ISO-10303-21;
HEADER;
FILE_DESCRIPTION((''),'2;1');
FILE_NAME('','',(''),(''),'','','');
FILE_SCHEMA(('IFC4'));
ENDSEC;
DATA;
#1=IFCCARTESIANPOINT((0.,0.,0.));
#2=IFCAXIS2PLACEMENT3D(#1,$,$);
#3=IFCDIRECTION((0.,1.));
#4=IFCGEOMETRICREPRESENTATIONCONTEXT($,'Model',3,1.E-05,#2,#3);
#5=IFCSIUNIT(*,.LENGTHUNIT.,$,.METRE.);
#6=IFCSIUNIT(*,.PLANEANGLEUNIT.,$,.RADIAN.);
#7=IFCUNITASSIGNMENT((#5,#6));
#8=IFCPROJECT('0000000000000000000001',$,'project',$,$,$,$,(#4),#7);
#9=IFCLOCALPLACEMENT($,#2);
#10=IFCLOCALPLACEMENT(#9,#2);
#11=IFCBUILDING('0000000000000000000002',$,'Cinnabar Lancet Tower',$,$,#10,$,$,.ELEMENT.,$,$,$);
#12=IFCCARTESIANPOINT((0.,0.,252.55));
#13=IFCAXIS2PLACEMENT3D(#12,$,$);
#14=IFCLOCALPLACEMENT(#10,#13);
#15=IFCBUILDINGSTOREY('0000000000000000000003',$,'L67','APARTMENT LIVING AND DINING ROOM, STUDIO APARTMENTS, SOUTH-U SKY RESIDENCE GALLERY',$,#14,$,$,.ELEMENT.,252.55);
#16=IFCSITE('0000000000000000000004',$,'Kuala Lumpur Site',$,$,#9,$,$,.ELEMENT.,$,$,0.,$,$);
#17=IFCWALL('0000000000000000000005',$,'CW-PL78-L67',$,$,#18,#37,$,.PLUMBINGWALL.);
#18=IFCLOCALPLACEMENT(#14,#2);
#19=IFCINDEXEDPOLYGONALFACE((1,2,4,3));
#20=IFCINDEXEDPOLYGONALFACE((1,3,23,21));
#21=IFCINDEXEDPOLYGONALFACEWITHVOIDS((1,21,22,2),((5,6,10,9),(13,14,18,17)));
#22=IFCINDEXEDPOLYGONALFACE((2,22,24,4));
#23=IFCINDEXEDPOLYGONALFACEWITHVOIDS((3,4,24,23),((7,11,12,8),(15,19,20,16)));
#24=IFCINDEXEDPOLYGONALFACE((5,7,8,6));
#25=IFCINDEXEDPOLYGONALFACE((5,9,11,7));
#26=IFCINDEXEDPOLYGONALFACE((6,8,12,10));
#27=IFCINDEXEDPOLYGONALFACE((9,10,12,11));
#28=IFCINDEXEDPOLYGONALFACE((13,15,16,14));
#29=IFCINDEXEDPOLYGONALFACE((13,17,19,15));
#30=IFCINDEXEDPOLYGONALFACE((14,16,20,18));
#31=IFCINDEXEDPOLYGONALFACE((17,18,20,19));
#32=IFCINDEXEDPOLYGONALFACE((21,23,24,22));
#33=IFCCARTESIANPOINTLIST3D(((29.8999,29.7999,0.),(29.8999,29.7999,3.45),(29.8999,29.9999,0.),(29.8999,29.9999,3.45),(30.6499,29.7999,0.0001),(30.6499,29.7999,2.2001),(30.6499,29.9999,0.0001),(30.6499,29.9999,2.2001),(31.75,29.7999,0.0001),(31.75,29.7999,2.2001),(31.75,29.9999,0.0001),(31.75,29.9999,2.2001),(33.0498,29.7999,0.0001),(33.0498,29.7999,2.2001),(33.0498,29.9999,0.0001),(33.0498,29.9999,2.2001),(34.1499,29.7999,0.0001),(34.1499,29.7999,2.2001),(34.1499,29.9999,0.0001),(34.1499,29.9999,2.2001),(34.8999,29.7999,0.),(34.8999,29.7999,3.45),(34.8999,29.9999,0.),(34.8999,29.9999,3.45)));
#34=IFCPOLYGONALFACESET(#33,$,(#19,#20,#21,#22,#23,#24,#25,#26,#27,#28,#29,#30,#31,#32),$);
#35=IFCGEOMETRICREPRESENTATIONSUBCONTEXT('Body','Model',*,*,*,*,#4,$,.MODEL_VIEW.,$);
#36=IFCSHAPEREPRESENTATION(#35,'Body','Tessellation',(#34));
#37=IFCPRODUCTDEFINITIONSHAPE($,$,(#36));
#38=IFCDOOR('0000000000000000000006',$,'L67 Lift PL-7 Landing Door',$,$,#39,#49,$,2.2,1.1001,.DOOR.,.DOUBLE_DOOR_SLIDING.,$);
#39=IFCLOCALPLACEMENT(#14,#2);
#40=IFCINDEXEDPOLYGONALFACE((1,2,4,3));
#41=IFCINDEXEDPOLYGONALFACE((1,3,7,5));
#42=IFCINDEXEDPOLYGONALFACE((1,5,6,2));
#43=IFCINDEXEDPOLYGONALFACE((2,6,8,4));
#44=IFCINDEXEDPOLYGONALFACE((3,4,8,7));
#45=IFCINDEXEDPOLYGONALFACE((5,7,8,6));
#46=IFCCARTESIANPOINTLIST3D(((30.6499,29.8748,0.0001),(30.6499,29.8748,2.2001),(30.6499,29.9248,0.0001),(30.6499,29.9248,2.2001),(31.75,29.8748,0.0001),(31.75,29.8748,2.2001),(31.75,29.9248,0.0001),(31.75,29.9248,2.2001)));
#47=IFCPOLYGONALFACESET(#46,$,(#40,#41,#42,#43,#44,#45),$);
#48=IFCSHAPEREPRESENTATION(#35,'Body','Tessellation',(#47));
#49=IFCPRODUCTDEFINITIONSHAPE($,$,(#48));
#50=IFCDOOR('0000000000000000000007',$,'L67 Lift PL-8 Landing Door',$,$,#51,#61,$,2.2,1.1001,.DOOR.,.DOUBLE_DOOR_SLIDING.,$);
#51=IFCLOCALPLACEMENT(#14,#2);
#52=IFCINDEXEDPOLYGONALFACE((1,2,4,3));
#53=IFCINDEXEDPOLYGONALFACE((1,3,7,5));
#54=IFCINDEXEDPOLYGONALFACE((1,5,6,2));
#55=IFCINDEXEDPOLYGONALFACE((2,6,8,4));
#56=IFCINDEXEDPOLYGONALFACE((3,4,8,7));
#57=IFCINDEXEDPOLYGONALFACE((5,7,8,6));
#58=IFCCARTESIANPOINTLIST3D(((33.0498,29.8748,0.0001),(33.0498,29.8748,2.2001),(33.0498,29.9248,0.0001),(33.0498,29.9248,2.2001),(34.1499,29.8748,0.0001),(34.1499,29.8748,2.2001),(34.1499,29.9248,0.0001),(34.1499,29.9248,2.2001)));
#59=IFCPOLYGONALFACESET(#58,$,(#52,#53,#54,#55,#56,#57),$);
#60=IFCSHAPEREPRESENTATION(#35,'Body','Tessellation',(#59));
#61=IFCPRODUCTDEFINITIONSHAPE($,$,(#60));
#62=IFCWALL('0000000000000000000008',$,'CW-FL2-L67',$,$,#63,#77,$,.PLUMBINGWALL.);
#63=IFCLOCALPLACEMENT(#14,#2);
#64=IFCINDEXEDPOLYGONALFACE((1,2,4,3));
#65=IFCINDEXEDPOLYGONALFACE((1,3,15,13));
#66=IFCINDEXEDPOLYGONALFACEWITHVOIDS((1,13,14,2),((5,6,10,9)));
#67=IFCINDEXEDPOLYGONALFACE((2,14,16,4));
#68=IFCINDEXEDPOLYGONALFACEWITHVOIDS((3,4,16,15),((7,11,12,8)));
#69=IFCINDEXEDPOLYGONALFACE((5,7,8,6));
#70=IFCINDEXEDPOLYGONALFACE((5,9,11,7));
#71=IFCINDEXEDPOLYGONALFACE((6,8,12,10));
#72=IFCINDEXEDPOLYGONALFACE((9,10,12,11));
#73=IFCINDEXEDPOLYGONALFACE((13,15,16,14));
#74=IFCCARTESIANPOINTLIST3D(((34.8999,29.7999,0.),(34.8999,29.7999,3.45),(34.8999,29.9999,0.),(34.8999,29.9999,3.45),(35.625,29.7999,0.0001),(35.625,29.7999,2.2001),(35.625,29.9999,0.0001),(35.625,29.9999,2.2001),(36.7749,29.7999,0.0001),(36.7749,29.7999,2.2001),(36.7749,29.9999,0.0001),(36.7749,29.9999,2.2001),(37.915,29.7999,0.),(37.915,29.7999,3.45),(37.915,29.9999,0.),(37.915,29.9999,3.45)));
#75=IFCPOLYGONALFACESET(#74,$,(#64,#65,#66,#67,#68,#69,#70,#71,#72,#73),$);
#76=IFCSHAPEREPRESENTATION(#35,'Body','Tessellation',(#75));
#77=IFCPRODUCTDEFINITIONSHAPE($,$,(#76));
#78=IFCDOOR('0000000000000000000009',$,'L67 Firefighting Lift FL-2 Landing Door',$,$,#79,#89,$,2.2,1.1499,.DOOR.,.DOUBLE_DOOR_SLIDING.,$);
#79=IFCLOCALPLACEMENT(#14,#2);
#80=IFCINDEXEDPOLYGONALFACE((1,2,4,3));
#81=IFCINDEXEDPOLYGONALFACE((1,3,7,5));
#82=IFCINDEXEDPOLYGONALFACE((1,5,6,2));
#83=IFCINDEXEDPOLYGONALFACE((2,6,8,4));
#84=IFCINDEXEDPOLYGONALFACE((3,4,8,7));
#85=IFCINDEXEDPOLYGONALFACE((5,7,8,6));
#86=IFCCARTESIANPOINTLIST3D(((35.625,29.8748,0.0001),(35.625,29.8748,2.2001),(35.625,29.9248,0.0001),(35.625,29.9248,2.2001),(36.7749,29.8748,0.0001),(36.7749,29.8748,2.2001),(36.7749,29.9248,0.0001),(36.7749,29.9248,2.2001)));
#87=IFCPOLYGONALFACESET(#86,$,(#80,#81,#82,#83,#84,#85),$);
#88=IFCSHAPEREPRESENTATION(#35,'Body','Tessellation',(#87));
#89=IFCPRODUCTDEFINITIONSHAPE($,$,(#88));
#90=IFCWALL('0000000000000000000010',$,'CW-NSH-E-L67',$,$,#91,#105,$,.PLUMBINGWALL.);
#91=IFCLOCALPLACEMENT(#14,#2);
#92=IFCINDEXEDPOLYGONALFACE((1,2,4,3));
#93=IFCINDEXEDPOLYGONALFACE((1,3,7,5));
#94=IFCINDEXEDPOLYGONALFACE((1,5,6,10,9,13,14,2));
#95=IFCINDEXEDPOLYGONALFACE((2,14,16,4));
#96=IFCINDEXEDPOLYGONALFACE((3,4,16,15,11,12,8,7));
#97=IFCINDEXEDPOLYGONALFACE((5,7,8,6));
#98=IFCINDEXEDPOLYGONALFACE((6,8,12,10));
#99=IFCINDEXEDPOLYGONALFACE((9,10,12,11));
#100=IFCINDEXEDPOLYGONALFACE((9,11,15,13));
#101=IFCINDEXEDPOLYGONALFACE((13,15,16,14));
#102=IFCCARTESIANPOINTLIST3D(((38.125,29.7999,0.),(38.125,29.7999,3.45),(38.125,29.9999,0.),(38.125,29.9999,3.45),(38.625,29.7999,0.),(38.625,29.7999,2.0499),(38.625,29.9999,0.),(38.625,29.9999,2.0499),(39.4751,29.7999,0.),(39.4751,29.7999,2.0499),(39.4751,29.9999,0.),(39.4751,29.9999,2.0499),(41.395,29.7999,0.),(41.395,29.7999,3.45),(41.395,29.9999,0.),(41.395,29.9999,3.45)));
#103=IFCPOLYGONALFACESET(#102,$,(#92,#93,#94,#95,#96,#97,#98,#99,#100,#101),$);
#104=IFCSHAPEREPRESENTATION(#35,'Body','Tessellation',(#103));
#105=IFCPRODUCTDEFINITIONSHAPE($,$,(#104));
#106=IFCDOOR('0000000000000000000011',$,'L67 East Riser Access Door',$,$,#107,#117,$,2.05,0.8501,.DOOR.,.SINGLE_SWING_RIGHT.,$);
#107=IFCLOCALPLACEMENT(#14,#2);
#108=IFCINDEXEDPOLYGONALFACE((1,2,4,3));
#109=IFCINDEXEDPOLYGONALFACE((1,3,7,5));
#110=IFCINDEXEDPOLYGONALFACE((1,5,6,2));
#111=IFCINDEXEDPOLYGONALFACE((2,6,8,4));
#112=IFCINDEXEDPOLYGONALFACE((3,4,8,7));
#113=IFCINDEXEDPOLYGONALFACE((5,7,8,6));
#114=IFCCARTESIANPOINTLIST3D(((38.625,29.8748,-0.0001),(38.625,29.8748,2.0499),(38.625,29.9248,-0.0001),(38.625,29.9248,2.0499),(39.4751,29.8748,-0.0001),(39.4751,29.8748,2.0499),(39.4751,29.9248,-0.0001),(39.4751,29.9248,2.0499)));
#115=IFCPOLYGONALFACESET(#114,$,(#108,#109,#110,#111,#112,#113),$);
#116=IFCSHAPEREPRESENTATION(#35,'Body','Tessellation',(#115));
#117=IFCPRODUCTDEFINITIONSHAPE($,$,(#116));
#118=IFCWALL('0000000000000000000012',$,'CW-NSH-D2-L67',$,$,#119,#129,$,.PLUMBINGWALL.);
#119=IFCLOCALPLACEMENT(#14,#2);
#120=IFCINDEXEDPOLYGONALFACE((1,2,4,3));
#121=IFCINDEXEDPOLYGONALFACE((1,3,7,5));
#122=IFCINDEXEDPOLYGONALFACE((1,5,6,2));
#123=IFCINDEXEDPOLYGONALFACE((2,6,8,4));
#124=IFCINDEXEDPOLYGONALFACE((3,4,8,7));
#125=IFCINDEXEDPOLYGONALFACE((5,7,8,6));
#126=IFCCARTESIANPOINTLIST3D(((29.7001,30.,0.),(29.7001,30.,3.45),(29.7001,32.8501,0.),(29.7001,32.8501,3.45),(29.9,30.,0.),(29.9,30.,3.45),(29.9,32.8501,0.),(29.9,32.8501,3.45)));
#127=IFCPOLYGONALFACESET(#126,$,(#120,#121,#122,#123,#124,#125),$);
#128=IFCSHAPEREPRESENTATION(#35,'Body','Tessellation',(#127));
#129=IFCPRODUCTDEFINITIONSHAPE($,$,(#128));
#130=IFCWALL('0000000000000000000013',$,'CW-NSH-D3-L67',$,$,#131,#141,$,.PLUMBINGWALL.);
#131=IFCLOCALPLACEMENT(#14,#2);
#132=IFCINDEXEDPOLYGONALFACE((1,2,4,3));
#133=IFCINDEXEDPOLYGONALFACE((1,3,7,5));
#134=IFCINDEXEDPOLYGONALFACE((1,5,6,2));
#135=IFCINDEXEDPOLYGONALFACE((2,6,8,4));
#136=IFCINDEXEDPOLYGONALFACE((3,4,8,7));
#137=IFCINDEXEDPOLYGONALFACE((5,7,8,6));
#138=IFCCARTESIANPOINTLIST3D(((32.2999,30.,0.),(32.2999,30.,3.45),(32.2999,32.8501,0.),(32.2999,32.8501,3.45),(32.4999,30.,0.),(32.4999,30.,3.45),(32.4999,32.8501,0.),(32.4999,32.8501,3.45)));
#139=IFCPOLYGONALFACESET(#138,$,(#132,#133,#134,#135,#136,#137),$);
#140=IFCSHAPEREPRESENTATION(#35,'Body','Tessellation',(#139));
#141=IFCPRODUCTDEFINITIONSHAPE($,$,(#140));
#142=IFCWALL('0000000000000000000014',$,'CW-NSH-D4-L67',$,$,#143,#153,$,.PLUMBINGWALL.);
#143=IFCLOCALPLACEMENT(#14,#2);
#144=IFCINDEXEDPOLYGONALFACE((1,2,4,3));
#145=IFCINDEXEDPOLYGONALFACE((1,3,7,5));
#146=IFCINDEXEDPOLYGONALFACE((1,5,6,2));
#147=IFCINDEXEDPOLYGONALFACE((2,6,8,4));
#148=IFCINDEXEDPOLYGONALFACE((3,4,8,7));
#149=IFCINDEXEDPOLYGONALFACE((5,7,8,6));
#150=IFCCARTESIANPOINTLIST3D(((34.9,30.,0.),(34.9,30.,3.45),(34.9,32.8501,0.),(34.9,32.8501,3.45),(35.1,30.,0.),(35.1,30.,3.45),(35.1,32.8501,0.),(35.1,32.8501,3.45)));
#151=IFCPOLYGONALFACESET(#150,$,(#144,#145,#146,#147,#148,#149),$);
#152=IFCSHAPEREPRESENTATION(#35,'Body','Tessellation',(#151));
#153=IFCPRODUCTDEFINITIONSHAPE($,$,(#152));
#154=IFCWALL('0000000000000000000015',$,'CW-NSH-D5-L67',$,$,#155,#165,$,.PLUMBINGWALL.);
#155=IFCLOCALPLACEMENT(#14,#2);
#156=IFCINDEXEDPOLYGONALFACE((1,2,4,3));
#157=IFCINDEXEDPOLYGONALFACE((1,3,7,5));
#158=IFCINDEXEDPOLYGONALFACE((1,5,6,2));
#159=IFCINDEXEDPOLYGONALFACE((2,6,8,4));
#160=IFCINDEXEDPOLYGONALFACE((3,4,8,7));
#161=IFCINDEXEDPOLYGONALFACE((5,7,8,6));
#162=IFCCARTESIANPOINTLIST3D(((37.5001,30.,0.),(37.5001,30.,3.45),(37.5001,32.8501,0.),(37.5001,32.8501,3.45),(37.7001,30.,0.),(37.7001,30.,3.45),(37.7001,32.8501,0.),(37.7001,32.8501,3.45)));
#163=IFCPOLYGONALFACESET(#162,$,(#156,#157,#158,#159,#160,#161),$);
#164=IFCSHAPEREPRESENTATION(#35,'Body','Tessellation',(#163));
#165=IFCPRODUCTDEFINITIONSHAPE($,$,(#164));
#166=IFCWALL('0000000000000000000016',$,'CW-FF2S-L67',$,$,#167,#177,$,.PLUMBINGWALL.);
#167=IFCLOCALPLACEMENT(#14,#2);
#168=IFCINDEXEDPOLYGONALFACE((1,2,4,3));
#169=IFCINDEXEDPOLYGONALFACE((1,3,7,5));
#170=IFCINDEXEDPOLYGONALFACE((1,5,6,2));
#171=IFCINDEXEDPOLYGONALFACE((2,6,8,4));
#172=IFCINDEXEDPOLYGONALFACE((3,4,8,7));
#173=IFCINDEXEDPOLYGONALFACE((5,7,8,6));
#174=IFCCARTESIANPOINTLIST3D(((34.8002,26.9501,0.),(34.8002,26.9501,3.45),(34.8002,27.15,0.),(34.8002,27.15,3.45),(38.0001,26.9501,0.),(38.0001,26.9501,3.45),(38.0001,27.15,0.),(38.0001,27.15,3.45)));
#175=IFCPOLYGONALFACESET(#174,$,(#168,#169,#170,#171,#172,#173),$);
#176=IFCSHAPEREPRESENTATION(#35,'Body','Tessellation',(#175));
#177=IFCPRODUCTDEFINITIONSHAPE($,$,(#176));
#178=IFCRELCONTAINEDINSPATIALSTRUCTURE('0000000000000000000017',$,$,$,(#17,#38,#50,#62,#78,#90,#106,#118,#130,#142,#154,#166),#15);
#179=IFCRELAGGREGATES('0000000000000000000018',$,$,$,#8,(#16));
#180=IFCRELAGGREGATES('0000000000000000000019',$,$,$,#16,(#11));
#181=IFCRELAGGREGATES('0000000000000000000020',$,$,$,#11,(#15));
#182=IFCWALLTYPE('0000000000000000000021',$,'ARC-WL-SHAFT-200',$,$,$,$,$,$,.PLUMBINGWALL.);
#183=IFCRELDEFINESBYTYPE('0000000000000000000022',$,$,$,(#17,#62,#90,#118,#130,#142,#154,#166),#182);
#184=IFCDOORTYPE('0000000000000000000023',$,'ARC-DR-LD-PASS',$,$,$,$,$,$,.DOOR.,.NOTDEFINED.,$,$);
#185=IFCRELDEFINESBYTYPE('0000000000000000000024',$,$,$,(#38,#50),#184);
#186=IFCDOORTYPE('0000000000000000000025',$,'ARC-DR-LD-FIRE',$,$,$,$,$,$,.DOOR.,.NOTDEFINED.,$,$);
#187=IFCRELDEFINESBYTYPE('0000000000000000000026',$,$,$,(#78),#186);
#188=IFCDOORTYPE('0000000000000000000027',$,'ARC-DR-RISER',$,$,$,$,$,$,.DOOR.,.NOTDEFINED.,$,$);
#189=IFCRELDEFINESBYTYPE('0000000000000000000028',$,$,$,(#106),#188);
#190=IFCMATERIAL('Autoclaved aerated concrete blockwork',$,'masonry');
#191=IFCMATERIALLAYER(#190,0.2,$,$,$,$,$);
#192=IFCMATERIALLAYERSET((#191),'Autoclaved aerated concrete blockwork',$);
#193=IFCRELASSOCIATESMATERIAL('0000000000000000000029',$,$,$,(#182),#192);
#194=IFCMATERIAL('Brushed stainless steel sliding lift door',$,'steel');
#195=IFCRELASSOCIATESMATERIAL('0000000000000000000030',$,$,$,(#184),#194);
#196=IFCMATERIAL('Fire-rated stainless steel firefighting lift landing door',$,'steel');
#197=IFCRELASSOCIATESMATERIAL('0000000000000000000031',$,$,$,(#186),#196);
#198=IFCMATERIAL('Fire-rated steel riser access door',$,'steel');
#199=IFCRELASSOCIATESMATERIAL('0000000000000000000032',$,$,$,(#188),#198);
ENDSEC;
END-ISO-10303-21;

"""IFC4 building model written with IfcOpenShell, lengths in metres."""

from ifc_helpers import new_model, si_unit, direction, frame, frame_2d, origin, place, context, subcontext, project, spatial, rectangle, extrude, material, layer, layer_set, type_object, element, fill, save


model = new_model("IFC4")

# Units and contexts
model_context = context("Model", 3, precision=1e-05, world=origin(), true_north=direction((0.0, 1.0)))
body_context = subcontext(model_context, "Body", "Model", "MODEL_VIEW")
ifc_project = project(units=[si_unit("LENGTHUNIT", "METRE"), si_unit("PLANEANGLEUNIT", "RADIAN")], contexts=[model_context])

# Site, building, storey
site_placement = place(None, origin())
site = spatial("IfcSite", under=ifc_project, at=site_placement, Name="Kuala Lumpur Site", CompositionType="ELEMENT", RefElevation=0.0)
building_placement = place(site_placement, origin())
building = spatial("IfcBuilding", under=site, at=building_placement, Name="Cinnabar Lancet Tower", CompositionType="ELEMENT")
storey_placement = place(building_placement, frame((0.0, 0.0, 252.55)))
storey = spatial("IfcBuildingStorey", under=building, at=storey_placement, Name="L67", Description="APARTMENT LIVING AND DINING ROOM, STUDIO APARTMENTS, SOUTH-U SKY RESIDENCE GALLERY", CompositionType="ELEMENT", Elevation=252.55)

# Wall, openings, doors
ifc_material_1 = material(Name="Autoclaved aerated concrete blockwork", Category="masonry")
ifc_layer = layer(ifc_material_1, 0.2)
ifc_layer_set = layer_set([ifc_layer], Name="Autoclaved aerated concrete blockwork")
wall_type = type_object("IfcWallType", Name="ARC-WL-SHAFT-200", PredefinedType="PLUMBINGWALL", material=ifc_layer_set)
wall_1_placement = place(storey_placement, frame((29.8999, 29.8999, 0.0), z_axis=(0.0, 0.0, 1.0), x_axis=(1.0, 0.0, 0.0)))
wall_1 = element("IfcWall", 1, at=wall_1_placement, inside=storey, type_object=wall_type, Name="CW-PL78-L67", PredefinedType="PLUMBINGWALL", context=body_context, shape_type="SweptSolid", body=[
    extrude(rectangle(XDim=5.0, YDim=0.2, at=frame_2d((2.5, 0.0))), origin(), (0.0, 0.0, 1.0), 3.45),
])
opening_1_placement = place(wall_1_placement, frame((0.75, 0.0, 0.0)))
opening_1 = element("IfcOpeningElement", 2, at=opening_1_placement, cuts=wall_1, PredefinedType="OPENING", context=body_context, shape_type="SweptSolid", body=[
    extrude(rectangle(XDim=1.1001, YDim=2.2, at=frame_2d((0.55, 1.1001))), frame((0.0, 0.1099, 0.0), z_axis=(0.0, -1.0, 0.0), x_axis=(1.0, 0.0, 0.0)), (0.0, 0.0, 1.0), 0.22),
])
opening_2_placement = place(wall_1_placement, frame((3.1499, 0.0, 0.0)))
opening_2 = element("IfcOpeningElement", 3, at=opening_2_placement, cuts=wall_1, PredefinedType="OPENING", context=body_context, shape_type="SweptSolid", body=[
    extrude(rectangle(XDim=1.1001, YDim=2.2, at=frame_2d((0.55, 1.1001))), frame((0.0, 0.1099, 0.0), z_axis=(0.0, -1.0, 0.0), x_axis=(1.0, 0.0, 0.0)), (0.0, 0.0, 1.0), 0.22),
])
ifc_material_2 = material(Name="Brushed stainless steel sliding lift door", Category="steel")
door_type_1 = type_object("IfcDoorType", Name="ARC-DR-LD-PASS", OperationType="NOTDEFINED", PredefinedType="DOOR", material=ifc_material_2)
door_1_placement = place(opening_1_placement, origin())
door_1 = element("IfcDoor", 4, at=door_1_placement, inside=storey, type_object=door_type_1, Name="L67 Lift PL-7 Landing Door", OperationType="DOUBLE_DOOR_SLIDING", OverallHeight=2.2, OverallWidth=1.1001, PredefinedType="DOOR", context=body_context, shape_type="SweptSolid", body=[
    extrude(rectangle(XDim=1.1001, YDim=2.2, at=frame_2d((0.55, 1.1001))), frame((0.0, 0.0249, 0.0), z_axis=(0.0, -1.0, 0.0), x_axis=(1.0, 0.0, 0.0)), (0.0, 0.0, 1.0), 0.05),
])
fill(opening_1, door_1)
door_2_placement = place(opening_2_placement, origin())
door_2 = element("IfcDoor", 5, at=door_2_placement, inside=storey, type_object=door_type_1, Name="L67 Lift PL-8 Landing Door", OperationType="DOUBLE_DOOR_SLIDING", OverallHeight=2.2, OverallWidth=1.1001, PredefinedType="DOOR", context=body_context, shape_type="SweptSolid", body=[
    extrude(rectangle(XDim=1.1001, YDim=2.2, at=frame_2d((0.55, 1.1001))), frame((0.0, 0.0249, 0.0), z_axis=(0.0, -1.0, 0.0), x_axis=(1.0, 0.0, 0.0)), (0.0, 0.0, 1.0), 0.05),
])
fill(opening_2, door_2)

# Walls, openings, doors
wall_2_placement = place(storey_placement, frame((34.8999, 29.8999, 0.0), z_axis=(0.0, 0.0, 1.0), x_axis=(1.0, 0.0, 0.0)))
wall_2 = element("IfcWall", 6, at=wall_2_placement, inside=storey, type_object=wall_type, Name="CW-FL2-L67", PredefinedType="PLUMBINGWALL", context=body_context, shape_type="SweptSolid", body=[
    extrude(rectangle(XDim=3.0151, YDim=0.2, at=frame_2d((1.5076, 0.0))), origin(), (0.0, 0.0, 1.0), 3.45),
])
opening_3_placement = place(wall_2_placement, frame((0.7251, 0.0, 0.0)))
opening_3 = element("IfcOpeningElement", 7, at=opening_3_placement, cuts=wall_2, PredefinedType="OPENING", context=body_context, shape_type="SweptSolid", body=[
    extrude(rectangle(XDim=1.1499, YDim=2.2, at=frame_2d((0.575, 1.1001))), frame((0.0, 0.1099, 0.0), z_axis=(0.0, -1.0, 0.0), x_axis=(1.0, 0.0, 0.0)), (0.0, 0.0, 1.0), 0.22),
])
ifc_material_3 = material(Name="Fire-rated stainless steel firefighting lift landing door", Category="steel")
door_type_2 = type_object("IfcDoorType", Name="ARC-DR-LD-FIRE", OperationType="NOTDEFINED", PredefinedType="DOOR", material=ifc_material_3)
door_3_placement = place(opening_3_placement, origin())
door_3 = element("IfcDoor", 8, at=door_3_placement, inside=storey, type_object=door_type_2, Name="L67 Firefighting Lift FL-2 Landing Door", OperationType="DOUBLE_DOOR_SLIDING", OverallHeight=2.2, OverallWidth=1.1499, PredefinedType="DOOR", context=body_context, shape_type="SweptSolid", body=[
    extrude(rectangle(XDim=1.1499, YDim=2.2, at=frame_2d((0.575, 1.1001))), frame((0.0, 0.0249, 0.0), z_axis=(0.0, -1.0, 0.0), x_axis=(1.0, 0.0, 0.0)), (0.0, 0.0, 1.0), 0.05),
])
fill(opening_3, door_3)
wall_3_placement = place(storey_placement, frame((38.125, 29.8999, 0.0), z_axis=(0.0, 0.0, 1.0), x_axis=(1.0, 0.0, 0.0)))
wall_3 = element("IfcWall", 9, at=wall_3_placement, inside=storey, type_object=wall_type, Name="CW-NSH-E-L67", PredefinedType="PLUMBINGWALL", context=body_context, shape_type="SweptSolid", body=[
    extrude(rectangle(XDim=3.27, YDim=0.2, at=frame_2d((1.635, 0.0))), origin(), (0.0, 0.0, 1.0), 3.45),
])
opening_4_placement = place(wall_3_placement, frame((0.5, 0.0, 0.0)))
opening_4 = element("IfcOpeningElement", 10, at=opening_4_placement, cuts=wall_3, PredefinedType="OPENING", context=body_context, shape_type="SweptSolid", body=[
    extrude(rectangle(XDim=0.8501, YDim=2.05, at=frame_2d((0.425, 1.0249))), frame((0.0, 0.1099, 0.0), z_axis=(0.0, -1.0, 0.0), x_axis=(1.0, 0.0, 0.0)), (0.0, 0.0, 1.0), 0.22),
])
ifc_material_4 = material(Name="Fire-rated steel riser access door", Category="steel")
door_type_3 = type_object("IfcDoorType", Name="ARC-DR-RISER", OperationType="NOTDEFINED", PredefinedType="DOOR", material=ifc_material_4)
door_4_placement = place(opening_4_placement, origin())
door_4 = element("IfcDoor", 11, at=door_4_placement, inside=storey, type_object=door_type_3, Name="L67 East Riser Access Door", OperationType="SINGLE_SWING_RIGHT", OverallHeight=2.05, OverallWidth=0.8501, PredefinedType="DOOR", context=body_context, shape_type="SweptSolid", body=[
    extrude(rectangle(XDim=0.8501, YDim=2.05, at=frame_2d((0.425, 1.0249))), frame((0.0, 0.0249, 0.0), z_axis=(0.0, -1.0, 0.0), x_axis=(1.0, 0.0, 0.0)), (0.0, 0.0, 1.0), 0.05),
])
fill(opening_4, door_4)

# Walls
for number, where, z_axis, x_axis, name in (
    (12, (29.8, 30.0, 0.0), (0.0, 0.0, 1.0), (0.0, 1.0, 0.0), "CW-NSH-D2-L67"),
    (13, (32.3999, 30.0, 0.0), (0.0, 0.0, 1.0), (0.0, 1.0, 0.0), "CW-NSH-D3-L67"),
    (14, (35.0, 30.0, 0.0), (0.0, 0.0, 1.0), (0.0, 1.0, 0.0), "CW-NSH-D4-L67"),
    (15, (37.6001, 30.0, 0.0), (0.0, 0.0, 1.0), (0.0, 1.0, 0.0), "CW-NSH-D5-L67"),
):
    element("IfcWall", number, at=place(storey_placement, frame(where, z_axis=z_axis, x_axis=x_axis)), inside=storey, type_object=wall_type, Name=name, PredefinedType="PLUMBINGWALL", context=body_context, shape_type="SweptSolid", body=[
        extrude(rectangle(XDim=2.8501, YDim=0.2, at=frame_2d((1.425, 0.0))), origin(), (0.0, 0.0, 1.0), 3.45),
    ])

# Wall
wall_4_placement = place(storey_placement, frame((34.8, 27.05, 0.0), z_axis=(0.0, 0.0, 1.0), x_axis=(1.0, 0.0, 0.0)))
element("IfcWall", 16, at=wall_4_placement, inside=storey, type_object=wall_type, Name="CW-FF2S-L67", PredefinedType="PLUMBINGWALL", context=body_context, shape_type="SweptSolid", body=[
    extrude(rectangle(XDim=3.2, YDim=0.2, at=frame_2d((1.6001, 0.0))), origin(), (0.0, 0.0, 1.0), 3.45),
])

save(model, "model.ifc")
